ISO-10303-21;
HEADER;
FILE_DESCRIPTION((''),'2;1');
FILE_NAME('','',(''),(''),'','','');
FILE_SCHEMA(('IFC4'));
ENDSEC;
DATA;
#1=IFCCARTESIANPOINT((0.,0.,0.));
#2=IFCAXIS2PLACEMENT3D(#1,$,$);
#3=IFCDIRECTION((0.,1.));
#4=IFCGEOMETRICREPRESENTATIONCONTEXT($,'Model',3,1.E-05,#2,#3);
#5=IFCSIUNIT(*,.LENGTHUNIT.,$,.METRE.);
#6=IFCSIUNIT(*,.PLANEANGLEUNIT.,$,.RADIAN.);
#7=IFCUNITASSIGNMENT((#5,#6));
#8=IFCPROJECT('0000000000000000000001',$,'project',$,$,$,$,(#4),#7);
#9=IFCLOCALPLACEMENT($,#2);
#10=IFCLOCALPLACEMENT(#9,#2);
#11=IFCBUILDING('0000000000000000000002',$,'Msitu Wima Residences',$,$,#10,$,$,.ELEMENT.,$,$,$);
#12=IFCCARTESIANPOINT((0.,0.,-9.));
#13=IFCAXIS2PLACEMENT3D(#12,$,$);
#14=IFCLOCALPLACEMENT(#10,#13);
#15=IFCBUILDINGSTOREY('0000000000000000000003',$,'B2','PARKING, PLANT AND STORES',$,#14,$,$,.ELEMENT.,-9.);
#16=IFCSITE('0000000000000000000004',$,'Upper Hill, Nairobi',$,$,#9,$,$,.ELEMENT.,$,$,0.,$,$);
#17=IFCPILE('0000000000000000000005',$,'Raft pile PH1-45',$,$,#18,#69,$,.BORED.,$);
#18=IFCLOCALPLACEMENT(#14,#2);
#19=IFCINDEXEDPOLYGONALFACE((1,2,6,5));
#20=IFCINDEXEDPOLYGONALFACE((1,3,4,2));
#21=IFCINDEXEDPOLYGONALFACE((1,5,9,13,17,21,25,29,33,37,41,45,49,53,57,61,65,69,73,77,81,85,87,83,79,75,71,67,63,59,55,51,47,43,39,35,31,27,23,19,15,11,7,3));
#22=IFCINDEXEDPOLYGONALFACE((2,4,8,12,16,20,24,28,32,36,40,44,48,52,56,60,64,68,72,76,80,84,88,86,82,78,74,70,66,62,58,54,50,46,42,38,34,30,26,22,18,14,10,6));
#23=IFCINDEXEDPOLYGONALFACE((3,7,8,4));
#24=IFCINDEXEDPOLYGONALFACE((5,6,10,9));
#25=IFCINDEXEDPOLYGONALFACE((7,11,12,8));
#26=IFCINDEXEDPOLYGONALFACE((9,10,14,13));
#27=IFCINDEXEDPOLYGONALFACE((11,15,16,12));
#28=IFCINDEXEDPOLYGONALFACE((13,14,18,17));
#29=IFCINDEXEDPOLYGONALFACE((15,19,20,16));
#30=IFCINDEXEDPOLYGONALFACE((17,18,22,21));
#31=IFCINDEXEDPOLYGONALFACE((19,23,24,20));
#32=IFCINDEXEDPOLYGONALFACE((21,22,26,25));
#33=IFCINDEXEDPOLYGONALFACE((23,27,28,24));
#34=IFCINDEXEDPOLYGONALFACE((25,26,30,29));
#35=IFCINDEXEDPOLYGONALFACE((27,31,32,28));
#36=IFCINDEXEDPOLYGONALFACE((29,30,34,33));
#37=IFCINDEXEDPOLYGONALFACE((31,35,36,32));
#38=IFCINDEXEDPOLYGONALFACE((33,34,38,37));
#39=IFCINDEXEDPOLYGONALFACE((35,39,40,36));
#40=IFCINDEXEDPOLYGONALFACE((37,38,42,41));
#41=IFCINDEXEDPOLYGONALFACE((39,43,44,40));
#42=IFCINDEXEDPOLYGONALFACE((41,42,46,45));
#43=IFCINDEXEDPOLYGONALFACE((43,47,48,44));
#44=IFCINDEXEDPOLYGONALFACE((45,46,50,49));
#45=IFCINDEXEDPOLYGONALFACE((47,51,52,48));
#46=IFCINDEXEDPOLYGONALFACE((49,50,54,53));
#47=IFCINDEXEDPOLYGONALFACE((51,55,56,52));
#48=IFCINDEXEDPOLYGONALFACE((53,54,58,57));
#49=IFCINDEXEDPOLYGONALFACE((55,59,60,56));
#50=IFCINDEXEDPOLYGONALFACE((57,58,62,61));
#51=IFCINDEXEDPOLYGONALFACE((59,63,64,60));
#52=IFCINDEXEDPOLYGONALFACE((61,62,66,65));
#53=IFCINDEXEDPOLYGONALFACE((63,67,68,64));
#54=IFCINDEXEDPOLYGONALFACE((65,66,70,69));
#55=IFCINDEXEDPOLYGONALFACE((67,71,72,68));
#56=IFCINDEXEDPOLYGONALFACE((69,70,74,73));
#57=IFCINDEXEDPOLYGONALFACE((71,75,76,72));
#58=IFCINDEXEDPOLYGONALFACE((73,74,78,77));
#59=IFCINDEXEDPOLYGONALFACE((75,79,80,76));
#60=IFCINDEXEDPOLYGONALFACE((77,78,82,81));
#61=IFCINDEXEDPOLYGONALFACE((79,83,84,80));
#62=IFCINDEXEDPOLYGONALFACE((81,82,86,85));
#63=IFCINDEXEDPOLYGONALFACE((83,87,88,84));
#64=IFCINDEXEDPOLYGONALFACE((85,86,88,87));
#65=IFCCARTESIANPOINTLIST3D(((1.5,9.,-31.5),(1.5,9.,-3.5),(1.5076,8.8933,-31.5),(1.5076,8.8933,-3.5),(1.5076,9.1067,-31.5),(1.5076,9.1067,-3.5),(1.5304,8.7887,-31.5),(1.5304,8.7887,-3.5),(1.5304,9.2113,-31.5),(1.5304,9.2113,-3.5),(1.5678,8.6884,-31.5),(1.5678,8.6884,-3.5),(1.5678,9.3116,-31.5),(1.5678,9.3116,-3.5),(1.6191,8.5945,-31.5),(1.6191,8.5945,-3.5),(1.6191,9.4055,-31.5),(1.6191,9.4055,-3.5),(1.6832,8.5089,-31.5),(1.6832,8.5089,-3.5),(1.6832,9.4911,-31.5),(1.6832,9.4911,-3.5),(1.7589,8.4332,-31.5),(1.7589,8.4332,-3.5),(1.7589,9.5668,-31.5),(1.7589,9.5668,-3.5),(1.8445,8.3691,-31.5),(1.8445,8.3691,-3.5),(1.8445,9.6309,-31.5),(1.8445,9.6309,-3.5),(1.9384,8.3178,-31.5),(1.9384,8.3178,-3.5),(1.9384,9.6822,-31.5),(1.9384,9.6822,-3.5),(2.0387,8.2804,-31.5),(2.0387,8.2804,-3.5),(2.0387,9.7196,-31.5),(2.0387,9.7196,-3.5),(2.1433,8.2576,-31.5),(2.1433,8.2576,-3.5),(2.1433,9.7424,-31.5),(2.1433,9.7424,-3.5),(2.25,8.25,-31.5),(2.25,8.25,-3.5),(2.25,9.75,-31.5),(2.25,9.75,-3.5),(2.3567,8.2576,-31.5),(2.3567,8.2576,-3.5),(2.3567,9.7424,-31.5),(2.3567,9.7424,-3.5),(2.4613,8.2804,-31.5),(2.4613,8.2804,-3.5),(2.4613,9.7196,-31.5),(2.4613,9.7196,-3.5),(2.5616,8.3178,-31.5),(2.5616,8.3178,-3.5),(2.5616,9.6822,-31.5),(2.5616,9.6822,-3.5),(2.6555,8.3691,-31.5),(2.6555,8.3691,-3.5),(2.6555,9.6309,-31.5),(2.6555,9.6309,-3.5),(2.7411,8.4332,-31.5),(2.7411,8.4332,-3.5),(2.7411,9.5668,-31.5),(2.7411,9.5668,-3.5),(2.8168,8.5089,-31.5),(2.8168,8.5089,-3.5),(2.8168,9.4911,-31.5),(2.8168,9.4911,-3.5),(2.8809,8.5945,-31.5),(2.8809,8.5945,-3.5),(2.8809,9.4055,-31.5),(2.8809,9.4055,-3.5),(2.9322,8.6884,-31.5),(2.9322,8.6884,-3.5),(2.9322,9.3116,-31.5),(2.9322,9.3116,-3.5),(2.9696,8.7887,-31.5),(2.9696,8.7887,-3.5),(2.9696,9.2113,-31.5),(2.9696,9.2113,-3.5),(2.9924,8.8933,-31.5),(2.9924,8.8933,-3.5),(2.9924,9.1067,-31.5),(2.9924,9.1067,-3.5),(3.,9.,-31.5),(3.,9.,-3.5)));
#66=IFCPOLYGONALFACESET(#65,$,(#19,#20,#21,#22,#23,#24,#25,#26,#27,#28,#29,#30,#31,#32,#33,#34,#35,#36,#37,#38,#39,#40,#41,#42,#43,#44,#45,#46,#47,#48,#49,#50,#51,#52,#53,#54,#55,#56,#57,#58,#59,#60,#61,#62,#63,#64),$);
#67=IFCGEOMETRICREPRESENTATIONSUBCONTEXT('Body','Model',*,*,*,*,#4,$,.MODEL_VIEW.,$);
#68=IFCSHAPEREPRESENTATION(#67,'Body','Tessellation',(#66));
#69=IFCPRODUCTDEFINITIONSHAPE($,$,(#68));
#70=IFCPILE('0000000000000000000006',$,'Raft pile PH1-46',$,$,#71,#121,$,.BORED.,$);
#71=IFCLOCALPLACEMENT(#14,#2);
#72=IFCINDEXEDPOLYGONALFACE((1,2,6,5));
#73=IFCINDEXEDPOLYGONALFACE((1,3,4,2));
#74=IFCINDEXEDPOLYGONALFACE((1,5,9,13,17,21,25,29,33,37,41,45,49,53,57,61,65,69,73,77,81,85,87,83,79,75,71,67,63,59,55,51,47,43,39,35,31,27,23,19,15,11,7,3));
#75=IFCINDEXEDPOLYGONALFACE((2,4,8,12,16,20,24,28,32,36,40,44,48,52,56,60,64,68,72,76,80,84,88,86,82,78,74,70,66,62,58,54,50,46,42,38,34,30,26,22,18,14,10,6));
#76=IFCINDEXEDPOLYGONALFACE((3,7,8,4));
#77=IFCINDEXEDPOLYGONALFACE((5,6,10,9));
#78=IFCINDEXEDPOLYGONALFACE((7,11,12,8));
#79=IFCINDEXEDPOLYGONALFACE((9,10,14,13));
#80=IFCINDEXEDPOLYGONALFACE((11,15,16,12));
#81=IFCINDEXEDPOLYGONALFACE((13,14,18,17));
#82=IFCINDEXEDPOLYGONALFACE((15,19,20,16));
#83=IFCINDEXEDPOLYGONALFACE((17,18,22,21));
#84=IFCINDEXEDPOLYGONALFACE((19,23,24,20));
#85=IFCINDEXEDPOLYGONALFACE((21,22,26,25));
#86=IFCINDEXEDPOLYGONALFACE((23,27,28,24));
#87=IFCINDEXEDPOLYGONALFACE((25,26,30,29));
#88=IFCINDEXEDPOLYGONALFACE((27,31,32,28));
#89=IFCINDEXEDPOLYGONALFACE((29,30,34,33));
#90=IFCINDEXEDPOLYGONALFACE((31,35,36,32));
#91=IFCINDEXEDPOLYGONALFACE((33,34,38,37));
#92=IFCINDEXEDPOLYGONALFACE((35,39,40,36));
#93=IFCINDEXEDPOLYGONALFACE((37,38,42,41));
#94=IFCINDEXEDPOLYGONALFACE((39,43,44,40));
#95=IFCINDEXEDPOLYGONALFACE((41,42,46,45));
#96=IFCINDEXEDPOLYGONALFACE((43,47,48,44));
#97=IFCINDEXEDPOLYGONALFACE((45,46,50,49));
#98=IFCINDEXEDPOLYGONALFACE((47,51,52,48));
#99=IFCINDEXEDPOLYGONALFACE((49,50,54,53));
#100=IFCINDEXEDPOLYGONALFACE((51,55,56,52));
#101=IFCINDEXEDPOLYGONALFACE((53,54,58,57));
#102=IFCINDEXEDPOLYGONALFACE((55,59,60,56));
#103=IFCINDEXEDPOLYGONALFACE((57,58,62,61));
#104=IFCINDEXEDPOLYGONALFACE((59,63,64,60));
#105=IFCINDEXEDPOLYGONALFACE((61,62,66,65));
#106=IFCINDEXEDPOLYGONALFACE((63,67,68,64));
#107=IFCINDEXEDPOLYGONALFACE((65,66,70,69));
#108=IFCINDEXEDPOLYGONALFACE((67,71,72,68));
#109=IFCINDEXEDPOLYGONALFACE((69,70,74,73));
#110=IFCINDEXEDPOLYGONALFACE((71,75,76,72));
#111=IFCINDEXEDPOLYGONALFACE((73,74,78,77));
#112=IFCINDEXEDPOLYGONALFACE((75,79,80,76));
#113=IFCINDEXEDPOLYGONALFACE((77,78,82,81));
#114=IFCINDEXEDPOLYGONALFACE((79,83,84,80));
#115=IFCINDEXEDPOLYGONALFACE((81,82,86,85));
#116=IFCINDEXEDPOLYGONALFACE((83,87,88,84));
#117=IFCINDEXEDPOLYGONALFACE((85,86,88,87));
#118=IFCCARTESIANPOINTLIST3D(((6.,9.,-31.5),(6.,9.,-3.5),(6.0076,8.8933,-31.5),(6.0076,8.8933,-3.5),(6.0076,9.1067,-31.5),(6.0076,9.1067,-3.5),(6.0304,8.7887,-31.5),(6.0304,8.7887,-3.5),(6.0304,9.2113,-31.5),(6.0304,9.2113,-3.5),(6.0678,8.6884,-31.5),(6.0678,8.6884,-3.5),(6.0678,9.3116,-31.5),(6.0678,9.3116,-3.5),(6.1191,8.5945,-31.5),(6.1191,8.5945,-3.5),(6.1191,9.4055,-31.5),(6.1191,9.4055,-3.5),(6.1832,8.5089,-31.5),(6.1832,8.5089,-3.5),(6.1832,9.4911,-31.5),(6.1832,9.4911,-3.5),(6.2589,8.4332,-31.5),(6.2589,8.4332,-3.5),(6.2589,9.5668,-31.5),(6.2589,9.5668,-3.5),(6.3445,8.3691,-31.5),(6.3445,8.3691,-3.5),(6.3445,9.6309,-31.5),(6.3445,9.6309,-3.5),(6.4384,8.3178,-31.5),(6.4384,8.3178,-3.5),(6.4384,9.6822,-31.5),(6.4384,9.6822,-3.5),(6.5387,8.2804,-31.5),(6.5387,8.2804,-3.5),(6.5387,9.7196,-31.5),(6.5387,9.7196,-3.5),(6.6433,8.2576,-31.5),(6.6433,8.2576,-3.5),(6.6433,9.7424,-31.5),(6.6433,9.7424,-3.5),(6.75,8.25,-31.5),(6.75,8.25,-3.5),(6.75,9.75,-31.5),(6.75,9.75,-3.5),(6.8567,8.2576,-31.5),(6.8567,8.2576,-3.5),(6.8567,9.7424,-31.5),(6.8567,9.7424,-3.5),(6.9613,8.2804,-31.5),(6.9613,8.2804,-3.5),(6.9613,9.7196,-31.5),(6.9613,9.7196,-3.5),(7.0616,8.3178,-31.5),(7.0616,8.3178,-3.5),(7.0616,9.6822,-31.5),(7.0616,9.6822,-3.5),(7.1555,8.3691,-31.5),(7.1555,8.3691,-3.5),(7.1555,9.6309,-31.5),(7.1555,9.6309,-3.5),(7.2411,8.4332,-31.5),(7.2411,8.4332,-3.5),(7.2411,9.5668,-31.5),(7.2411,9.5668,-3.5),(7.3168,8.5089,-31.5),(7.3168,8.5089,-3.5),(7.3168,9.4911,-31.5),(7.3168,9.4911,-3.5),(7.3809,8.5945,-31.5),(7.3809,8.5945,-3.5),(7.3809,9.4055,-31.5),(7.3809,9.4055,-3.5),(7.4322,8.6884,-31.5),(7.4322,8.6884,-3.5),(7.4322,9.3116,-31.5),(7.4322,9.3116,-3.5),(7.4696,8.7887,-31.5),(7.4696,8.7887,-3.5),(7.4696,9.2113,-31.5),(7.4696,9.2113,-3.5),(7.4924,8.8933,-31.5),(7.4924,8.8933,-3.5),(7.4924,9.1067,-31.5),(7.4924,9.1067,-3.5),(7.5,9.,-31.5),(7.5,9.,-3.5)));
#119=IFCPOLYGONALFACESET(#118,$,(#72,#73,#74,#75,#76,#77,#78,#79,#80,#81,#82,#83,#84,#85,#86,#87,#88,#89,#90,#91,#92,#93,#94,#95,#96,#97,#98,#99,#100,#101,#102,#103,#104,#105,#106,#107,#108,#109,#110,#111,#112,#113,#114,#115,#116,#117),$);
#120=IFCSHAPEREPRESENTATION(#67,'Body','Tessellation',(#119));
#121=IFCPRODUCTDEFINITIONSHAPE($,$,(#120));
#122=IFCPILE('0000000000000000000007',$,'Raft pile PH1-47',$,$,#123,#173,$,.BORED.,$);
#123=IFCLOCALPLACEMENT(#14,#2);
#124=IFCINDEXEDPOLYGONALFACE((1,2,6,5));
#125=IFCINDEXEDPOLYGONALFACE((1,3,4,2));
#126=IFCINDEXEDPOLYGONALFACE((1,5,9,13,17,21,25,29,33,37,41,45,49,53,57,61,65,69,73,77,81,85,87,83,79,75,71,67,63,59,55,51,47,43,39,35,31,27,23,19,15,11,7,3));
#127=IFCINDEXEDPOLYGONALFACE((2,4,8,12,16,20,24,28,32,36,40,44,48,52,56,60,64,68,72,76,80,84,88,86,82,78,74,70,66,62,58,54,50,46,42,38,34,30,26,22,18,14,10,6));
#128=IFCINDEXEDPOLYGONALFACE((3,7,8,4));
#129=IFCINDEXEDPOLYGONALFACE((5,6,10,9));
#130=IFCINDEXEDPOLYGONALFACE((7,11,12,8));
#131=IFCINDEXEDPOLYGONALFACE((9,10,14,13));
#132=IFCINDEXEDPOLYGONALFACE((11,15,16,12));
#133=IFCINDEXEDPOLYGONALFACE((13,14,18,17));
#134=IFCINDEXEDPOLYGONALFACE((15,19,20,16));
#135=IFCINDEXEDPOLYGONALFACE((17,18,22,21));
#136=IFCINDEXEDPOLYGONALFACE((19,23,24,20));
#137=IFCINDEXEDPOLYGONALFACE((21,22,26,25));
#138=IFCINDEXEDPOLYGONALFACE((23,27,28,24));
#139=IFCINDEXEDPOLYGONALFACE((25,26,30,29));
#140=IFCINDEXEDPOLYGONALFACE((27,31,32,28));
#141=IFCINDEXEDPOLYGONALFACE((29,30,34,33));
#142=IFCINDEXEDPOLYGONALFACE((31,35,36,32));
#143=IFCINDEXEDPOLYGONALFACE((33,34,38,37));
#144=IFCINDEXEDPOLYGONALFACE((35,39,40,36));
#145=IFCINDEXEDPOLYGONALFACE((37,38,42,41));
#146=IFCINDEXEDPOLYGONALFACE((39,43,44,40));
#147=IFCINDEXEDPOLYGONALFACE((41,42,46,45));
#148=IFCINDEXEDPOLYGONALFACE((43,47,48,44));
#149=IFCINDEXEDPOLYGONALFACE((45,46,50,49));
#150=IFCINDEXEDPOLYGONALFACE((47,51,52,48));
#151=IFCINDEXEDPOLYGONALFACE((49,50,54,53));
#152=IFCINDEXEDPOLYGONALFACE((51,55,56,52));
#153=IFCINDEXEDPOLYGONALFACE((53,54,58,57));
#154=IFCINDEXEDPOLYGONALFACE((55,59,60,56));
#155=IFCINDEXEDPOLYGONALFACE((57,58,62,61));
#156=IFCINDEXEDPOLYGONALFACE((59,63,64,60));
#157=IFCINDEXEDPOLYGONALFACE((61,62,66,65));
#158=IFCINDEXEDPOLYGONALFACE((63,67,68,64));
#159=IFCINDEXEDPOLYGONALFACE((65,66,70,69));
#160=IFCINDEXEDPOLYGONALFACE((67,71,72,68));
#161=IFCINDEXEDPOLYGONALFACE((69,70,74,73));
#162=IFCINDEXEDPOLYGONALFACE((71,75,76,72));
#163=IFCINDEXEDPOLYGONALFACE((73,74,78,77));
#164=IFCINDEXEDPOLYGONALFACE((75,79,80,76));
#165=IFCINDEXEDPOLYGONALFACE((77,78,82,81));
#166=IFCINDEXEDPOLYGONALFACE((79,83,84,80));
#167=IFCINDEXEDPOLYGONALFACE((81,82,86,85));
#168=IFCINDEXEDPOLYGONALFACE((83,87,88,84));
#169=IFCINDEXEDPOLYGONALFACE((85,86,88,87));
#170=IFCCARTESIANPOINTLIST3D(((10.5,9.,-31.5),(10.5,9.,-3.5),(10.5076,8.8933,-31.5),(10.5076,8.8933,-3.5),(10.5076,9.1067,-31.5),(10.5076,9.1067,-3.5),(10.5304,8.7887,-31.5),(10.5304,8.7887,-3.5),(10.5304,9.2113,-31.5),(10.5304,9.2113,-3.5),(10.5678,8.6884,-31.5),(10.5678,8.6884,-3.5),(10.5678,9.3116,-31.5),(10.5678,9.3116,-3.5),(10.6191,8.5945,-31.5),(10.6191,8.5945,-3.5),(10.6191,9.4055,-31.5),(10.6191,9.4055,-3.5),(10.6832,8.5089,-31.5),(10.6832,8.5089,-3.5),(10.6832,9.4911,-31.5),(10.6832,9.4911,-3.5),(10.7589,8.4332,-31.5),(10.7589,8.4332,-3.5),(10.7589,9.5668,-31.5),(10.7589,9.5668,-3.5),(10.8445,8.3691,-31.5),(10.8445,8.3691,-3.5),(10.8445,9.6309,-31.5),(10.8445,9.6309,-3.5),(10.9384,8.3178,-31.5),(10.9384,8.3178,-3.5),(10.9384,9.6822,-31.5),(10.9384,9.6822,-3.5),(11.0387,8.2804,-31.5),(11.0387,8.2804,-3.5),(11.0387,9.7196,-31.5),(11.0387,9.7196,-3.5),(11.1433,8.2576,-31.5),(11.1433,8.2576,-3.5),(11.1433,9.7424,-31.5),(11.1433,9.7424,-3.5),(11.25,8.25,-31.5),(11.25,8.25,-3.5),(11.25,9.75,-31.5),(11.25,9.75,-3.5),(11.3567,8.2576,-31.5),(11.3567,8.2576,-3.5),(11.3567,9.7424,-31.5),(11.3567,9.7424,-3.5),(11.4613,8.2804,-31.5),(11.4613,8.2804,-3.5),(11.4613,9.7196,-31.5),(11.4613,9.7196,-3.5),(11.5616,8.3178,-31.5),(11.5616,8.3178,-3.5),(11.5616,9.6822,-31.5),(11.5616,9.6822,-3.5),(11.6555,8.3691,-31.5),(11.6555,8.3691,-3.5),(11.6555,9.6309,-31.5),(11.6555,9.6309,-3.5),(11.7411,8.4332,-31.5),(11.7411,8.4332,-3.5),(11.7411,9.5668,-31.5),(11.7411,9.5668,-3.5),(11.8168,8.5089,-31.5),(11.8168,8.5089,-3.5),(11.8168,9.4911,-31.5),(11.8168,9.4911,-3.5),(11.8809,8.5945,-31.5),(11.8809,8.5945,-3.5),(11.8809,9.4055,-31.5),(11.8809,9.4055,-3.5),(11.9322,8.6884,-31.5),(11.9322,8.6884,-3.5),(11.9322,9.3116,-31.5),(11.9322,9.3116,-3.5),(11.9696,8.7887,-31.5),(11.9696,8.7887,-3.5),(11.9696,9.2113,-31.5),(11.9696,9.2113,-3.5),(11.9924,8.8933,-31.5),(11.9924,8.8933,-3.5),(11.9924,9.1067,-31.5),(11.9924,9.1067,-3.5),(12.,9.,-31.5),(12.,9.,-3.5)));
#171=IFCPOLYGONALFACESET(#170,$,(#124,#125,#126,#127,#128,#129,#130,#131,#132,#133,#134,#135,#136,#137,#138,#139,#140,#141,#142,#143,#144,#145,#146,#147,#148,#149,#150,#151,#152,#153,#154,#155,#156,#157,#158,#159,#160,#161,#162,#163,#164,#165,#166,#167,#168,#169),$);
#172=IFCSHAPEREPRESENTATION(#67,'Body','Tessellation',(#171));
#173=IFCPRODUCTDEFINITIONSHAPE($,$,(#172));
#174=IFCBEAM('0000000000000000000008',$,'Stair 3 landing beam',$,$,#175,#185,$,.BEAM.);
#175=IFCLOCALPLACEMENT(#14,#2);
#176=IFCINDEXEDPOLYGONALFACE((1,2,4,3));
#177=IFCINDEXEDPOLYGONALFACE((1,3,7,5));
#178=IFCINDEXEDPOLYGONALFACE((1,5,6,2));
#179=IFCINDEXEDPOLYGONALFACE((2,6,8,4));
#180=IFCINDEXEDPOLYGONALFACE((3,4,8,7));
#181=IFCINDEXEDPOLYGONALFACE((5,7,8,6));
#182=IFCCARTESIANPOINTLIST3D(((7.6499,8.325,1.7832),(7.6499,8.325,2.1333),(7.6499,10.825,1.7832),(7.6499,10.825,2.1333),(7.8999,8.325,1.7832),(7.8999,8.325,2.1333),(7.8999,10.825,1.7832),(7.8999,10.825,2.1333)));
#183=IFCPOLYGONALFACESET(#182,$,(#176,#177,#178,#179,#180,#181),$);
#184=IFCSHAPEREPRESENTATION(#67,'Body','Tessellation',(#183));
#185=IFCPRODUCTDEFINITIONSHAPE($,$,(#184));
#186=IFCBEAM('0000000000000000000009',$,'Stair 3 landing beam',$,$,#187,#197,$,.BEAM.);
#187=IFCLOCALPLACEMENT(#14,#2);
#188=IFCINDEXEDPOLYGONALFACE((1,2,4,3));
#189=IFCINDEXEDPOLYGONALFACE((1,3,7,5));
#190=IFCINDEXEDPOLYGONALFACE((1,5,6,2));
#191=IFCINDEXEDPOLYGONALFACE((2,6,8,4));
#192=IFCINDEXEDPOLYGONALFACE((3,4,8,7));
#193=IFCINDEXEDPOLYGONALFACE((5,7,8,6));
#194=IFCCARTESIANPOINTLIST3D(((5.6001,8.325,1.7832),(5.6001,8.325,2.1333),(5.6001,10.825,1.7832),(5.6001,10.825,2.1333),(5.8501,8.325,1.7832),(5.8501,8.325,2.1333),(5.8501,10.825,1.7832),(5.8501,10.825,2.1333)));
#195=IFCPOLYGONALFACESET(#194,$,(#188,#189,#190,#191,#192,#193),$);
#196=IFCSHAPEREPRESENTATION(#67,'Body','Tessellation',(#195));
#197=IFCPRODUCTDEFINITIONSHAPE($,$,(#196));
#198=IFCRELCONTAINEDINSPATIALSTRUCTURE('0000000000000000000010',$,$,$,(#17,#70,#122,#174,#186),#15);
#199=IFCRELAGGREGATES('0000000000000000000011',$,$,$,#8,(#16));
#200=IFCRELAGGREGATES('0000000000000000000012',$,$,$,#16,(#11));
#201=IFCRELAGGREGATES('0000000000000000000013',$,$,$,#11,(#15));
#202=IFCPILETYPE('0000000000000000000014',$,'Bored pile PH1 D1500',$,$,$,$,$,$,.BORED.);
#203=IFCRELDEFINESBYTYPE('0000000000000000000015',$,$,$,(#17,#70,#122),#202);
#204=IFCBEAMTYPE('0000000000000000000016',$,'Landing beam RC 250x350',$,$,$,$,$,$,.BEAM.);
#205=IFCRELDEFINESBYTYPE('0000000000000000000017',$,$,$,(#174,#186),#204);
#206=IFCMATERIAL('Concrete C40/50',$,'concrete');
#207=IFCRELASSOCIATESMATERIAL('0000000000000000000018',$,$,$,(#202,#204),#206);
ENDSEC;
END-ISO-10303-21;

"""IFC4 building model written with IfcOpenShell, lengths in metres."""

from ifc_helpers import new_model, si_unit, direction, frame, origin, origin_2d, place, context, subcontext, project, spatial, rectangle, circle, extrude, material, material_profile, profile_set, type_object, element, save


model = new_model("IFC4")

# Units and contexts
model_context = context("Model", 3, precision=1e-05, world=origin(), true_north=direction((0.0, 1.0)))
body_context = subcontext(model_context, "Body", "Model", "MODEL_VIEW")
ifc_project = project(units=[si_unit("LENGTHUNIT", "METRE"), si_unit("PLANEANGLEUNIT", "RADIAN")], contexts=[model_context])

# Site, building, storey
site_placement = place(None, origin())
site = spatial("IfcSite", under=ifc_project, at=site_placement, Name="Upper Hill, Nairobi", CompositionType="ELEMENT", RefElevation=0.0)
building_placement = place(site_placement, origin())
building = spatial("IfcBuilding", under=site, at=building_placement, Name="Msitu Wima Residences", CompositionType="ELEMENT")
storey_placement = place(building_placement, frame((0.0, 0.0, -9.0)))
storey = spatial("IfcBuildingStorey", under=building, at=storey_placement, Name="B2", Description="PARKING, PLANT AND STORES", CompositionType="ELEMENT", Elevation=-9.0)

# Piles
ifc_material_1 = material(Name="Concrete C40/50", Category="concrete")
pile_type = type_object("IfcPileType", Name="Bored pile PH1 D1500", PredefinedType="BORED", material=ifc_material_1)
for number, where, z_axis, x_axis, name in (
    (1, (2.25, 9.0, -3.5), (0.0, 0.0, -1.0), (1.0, 0.0, 0.0), "Raft pile PH1-45"),
    (2, (6.75, 9.0, -3.5), (0.0, 0.0, -1.0), (1.0, 0.0, 0.0), "Raft pile PH1-46"),
    (3, (11.25, 9.0, -3.5), (0.0, 0.0, -1.0), (1.0, 0.0, 0.0), "Raft pile PH1-47"),
):
    element("IfcPile", number, at=place(storey_placement, frame(where, z_axis=z_axis, x_axis=x_axis)), inside=storey, type_object=pile_type, Name=name, PredefinedType="BORED", context=body_context, shape_type="SweptSolid", body=[
        extrude(circle(Radius=0.75, at=origin_2d()), origin(), (0.0, 0.0, 1.0), 28.0),
    ])

# Beams
ifc_material_profile = material_profile(ifc_material_1, rectangle(XDim=0.25, YDim=0.3501, at=origin_2d()), Name="RC 250x350")
ifc_profile_set = profile_set([ifc_material_profile], Name="Concrete C40/50")
beam_type = type_object("IfcBeamType", Name="Landing beam RC 250x350", PredefinedType="BEAM", material=ifc_profile_set)
for number, where, z_axis, x_axis, name in (
    (4, (7.7749, 8.325, 1.9583), (0.0, 1.0, 0.0), (-1.0, 0.0, 0.0), "Stair 3 landing beam"),
    (5, (5.7251, 8.325, 1.9583), (0.0, 1.0, 0.0), (-1.0, 0.0, 0.0), "Stair 3 landing beam"),
):
    element("IfcBeam", number, at=place(storey_placement, frame(where, z_axis=z_axis, x_axis=x_axis)), inside=storey, type_object=beam_type, Name=name, PredefinedType="BEAM", context=body_context, shape_type="SweptSolid", body=[
        extrude(rectangle(XDim=0.25, YDim=0.3501, at=origin_2d()), origin(), (0.0, 0.0, 1.0), 2.5),
    ])

save(model, "model.ifc")
